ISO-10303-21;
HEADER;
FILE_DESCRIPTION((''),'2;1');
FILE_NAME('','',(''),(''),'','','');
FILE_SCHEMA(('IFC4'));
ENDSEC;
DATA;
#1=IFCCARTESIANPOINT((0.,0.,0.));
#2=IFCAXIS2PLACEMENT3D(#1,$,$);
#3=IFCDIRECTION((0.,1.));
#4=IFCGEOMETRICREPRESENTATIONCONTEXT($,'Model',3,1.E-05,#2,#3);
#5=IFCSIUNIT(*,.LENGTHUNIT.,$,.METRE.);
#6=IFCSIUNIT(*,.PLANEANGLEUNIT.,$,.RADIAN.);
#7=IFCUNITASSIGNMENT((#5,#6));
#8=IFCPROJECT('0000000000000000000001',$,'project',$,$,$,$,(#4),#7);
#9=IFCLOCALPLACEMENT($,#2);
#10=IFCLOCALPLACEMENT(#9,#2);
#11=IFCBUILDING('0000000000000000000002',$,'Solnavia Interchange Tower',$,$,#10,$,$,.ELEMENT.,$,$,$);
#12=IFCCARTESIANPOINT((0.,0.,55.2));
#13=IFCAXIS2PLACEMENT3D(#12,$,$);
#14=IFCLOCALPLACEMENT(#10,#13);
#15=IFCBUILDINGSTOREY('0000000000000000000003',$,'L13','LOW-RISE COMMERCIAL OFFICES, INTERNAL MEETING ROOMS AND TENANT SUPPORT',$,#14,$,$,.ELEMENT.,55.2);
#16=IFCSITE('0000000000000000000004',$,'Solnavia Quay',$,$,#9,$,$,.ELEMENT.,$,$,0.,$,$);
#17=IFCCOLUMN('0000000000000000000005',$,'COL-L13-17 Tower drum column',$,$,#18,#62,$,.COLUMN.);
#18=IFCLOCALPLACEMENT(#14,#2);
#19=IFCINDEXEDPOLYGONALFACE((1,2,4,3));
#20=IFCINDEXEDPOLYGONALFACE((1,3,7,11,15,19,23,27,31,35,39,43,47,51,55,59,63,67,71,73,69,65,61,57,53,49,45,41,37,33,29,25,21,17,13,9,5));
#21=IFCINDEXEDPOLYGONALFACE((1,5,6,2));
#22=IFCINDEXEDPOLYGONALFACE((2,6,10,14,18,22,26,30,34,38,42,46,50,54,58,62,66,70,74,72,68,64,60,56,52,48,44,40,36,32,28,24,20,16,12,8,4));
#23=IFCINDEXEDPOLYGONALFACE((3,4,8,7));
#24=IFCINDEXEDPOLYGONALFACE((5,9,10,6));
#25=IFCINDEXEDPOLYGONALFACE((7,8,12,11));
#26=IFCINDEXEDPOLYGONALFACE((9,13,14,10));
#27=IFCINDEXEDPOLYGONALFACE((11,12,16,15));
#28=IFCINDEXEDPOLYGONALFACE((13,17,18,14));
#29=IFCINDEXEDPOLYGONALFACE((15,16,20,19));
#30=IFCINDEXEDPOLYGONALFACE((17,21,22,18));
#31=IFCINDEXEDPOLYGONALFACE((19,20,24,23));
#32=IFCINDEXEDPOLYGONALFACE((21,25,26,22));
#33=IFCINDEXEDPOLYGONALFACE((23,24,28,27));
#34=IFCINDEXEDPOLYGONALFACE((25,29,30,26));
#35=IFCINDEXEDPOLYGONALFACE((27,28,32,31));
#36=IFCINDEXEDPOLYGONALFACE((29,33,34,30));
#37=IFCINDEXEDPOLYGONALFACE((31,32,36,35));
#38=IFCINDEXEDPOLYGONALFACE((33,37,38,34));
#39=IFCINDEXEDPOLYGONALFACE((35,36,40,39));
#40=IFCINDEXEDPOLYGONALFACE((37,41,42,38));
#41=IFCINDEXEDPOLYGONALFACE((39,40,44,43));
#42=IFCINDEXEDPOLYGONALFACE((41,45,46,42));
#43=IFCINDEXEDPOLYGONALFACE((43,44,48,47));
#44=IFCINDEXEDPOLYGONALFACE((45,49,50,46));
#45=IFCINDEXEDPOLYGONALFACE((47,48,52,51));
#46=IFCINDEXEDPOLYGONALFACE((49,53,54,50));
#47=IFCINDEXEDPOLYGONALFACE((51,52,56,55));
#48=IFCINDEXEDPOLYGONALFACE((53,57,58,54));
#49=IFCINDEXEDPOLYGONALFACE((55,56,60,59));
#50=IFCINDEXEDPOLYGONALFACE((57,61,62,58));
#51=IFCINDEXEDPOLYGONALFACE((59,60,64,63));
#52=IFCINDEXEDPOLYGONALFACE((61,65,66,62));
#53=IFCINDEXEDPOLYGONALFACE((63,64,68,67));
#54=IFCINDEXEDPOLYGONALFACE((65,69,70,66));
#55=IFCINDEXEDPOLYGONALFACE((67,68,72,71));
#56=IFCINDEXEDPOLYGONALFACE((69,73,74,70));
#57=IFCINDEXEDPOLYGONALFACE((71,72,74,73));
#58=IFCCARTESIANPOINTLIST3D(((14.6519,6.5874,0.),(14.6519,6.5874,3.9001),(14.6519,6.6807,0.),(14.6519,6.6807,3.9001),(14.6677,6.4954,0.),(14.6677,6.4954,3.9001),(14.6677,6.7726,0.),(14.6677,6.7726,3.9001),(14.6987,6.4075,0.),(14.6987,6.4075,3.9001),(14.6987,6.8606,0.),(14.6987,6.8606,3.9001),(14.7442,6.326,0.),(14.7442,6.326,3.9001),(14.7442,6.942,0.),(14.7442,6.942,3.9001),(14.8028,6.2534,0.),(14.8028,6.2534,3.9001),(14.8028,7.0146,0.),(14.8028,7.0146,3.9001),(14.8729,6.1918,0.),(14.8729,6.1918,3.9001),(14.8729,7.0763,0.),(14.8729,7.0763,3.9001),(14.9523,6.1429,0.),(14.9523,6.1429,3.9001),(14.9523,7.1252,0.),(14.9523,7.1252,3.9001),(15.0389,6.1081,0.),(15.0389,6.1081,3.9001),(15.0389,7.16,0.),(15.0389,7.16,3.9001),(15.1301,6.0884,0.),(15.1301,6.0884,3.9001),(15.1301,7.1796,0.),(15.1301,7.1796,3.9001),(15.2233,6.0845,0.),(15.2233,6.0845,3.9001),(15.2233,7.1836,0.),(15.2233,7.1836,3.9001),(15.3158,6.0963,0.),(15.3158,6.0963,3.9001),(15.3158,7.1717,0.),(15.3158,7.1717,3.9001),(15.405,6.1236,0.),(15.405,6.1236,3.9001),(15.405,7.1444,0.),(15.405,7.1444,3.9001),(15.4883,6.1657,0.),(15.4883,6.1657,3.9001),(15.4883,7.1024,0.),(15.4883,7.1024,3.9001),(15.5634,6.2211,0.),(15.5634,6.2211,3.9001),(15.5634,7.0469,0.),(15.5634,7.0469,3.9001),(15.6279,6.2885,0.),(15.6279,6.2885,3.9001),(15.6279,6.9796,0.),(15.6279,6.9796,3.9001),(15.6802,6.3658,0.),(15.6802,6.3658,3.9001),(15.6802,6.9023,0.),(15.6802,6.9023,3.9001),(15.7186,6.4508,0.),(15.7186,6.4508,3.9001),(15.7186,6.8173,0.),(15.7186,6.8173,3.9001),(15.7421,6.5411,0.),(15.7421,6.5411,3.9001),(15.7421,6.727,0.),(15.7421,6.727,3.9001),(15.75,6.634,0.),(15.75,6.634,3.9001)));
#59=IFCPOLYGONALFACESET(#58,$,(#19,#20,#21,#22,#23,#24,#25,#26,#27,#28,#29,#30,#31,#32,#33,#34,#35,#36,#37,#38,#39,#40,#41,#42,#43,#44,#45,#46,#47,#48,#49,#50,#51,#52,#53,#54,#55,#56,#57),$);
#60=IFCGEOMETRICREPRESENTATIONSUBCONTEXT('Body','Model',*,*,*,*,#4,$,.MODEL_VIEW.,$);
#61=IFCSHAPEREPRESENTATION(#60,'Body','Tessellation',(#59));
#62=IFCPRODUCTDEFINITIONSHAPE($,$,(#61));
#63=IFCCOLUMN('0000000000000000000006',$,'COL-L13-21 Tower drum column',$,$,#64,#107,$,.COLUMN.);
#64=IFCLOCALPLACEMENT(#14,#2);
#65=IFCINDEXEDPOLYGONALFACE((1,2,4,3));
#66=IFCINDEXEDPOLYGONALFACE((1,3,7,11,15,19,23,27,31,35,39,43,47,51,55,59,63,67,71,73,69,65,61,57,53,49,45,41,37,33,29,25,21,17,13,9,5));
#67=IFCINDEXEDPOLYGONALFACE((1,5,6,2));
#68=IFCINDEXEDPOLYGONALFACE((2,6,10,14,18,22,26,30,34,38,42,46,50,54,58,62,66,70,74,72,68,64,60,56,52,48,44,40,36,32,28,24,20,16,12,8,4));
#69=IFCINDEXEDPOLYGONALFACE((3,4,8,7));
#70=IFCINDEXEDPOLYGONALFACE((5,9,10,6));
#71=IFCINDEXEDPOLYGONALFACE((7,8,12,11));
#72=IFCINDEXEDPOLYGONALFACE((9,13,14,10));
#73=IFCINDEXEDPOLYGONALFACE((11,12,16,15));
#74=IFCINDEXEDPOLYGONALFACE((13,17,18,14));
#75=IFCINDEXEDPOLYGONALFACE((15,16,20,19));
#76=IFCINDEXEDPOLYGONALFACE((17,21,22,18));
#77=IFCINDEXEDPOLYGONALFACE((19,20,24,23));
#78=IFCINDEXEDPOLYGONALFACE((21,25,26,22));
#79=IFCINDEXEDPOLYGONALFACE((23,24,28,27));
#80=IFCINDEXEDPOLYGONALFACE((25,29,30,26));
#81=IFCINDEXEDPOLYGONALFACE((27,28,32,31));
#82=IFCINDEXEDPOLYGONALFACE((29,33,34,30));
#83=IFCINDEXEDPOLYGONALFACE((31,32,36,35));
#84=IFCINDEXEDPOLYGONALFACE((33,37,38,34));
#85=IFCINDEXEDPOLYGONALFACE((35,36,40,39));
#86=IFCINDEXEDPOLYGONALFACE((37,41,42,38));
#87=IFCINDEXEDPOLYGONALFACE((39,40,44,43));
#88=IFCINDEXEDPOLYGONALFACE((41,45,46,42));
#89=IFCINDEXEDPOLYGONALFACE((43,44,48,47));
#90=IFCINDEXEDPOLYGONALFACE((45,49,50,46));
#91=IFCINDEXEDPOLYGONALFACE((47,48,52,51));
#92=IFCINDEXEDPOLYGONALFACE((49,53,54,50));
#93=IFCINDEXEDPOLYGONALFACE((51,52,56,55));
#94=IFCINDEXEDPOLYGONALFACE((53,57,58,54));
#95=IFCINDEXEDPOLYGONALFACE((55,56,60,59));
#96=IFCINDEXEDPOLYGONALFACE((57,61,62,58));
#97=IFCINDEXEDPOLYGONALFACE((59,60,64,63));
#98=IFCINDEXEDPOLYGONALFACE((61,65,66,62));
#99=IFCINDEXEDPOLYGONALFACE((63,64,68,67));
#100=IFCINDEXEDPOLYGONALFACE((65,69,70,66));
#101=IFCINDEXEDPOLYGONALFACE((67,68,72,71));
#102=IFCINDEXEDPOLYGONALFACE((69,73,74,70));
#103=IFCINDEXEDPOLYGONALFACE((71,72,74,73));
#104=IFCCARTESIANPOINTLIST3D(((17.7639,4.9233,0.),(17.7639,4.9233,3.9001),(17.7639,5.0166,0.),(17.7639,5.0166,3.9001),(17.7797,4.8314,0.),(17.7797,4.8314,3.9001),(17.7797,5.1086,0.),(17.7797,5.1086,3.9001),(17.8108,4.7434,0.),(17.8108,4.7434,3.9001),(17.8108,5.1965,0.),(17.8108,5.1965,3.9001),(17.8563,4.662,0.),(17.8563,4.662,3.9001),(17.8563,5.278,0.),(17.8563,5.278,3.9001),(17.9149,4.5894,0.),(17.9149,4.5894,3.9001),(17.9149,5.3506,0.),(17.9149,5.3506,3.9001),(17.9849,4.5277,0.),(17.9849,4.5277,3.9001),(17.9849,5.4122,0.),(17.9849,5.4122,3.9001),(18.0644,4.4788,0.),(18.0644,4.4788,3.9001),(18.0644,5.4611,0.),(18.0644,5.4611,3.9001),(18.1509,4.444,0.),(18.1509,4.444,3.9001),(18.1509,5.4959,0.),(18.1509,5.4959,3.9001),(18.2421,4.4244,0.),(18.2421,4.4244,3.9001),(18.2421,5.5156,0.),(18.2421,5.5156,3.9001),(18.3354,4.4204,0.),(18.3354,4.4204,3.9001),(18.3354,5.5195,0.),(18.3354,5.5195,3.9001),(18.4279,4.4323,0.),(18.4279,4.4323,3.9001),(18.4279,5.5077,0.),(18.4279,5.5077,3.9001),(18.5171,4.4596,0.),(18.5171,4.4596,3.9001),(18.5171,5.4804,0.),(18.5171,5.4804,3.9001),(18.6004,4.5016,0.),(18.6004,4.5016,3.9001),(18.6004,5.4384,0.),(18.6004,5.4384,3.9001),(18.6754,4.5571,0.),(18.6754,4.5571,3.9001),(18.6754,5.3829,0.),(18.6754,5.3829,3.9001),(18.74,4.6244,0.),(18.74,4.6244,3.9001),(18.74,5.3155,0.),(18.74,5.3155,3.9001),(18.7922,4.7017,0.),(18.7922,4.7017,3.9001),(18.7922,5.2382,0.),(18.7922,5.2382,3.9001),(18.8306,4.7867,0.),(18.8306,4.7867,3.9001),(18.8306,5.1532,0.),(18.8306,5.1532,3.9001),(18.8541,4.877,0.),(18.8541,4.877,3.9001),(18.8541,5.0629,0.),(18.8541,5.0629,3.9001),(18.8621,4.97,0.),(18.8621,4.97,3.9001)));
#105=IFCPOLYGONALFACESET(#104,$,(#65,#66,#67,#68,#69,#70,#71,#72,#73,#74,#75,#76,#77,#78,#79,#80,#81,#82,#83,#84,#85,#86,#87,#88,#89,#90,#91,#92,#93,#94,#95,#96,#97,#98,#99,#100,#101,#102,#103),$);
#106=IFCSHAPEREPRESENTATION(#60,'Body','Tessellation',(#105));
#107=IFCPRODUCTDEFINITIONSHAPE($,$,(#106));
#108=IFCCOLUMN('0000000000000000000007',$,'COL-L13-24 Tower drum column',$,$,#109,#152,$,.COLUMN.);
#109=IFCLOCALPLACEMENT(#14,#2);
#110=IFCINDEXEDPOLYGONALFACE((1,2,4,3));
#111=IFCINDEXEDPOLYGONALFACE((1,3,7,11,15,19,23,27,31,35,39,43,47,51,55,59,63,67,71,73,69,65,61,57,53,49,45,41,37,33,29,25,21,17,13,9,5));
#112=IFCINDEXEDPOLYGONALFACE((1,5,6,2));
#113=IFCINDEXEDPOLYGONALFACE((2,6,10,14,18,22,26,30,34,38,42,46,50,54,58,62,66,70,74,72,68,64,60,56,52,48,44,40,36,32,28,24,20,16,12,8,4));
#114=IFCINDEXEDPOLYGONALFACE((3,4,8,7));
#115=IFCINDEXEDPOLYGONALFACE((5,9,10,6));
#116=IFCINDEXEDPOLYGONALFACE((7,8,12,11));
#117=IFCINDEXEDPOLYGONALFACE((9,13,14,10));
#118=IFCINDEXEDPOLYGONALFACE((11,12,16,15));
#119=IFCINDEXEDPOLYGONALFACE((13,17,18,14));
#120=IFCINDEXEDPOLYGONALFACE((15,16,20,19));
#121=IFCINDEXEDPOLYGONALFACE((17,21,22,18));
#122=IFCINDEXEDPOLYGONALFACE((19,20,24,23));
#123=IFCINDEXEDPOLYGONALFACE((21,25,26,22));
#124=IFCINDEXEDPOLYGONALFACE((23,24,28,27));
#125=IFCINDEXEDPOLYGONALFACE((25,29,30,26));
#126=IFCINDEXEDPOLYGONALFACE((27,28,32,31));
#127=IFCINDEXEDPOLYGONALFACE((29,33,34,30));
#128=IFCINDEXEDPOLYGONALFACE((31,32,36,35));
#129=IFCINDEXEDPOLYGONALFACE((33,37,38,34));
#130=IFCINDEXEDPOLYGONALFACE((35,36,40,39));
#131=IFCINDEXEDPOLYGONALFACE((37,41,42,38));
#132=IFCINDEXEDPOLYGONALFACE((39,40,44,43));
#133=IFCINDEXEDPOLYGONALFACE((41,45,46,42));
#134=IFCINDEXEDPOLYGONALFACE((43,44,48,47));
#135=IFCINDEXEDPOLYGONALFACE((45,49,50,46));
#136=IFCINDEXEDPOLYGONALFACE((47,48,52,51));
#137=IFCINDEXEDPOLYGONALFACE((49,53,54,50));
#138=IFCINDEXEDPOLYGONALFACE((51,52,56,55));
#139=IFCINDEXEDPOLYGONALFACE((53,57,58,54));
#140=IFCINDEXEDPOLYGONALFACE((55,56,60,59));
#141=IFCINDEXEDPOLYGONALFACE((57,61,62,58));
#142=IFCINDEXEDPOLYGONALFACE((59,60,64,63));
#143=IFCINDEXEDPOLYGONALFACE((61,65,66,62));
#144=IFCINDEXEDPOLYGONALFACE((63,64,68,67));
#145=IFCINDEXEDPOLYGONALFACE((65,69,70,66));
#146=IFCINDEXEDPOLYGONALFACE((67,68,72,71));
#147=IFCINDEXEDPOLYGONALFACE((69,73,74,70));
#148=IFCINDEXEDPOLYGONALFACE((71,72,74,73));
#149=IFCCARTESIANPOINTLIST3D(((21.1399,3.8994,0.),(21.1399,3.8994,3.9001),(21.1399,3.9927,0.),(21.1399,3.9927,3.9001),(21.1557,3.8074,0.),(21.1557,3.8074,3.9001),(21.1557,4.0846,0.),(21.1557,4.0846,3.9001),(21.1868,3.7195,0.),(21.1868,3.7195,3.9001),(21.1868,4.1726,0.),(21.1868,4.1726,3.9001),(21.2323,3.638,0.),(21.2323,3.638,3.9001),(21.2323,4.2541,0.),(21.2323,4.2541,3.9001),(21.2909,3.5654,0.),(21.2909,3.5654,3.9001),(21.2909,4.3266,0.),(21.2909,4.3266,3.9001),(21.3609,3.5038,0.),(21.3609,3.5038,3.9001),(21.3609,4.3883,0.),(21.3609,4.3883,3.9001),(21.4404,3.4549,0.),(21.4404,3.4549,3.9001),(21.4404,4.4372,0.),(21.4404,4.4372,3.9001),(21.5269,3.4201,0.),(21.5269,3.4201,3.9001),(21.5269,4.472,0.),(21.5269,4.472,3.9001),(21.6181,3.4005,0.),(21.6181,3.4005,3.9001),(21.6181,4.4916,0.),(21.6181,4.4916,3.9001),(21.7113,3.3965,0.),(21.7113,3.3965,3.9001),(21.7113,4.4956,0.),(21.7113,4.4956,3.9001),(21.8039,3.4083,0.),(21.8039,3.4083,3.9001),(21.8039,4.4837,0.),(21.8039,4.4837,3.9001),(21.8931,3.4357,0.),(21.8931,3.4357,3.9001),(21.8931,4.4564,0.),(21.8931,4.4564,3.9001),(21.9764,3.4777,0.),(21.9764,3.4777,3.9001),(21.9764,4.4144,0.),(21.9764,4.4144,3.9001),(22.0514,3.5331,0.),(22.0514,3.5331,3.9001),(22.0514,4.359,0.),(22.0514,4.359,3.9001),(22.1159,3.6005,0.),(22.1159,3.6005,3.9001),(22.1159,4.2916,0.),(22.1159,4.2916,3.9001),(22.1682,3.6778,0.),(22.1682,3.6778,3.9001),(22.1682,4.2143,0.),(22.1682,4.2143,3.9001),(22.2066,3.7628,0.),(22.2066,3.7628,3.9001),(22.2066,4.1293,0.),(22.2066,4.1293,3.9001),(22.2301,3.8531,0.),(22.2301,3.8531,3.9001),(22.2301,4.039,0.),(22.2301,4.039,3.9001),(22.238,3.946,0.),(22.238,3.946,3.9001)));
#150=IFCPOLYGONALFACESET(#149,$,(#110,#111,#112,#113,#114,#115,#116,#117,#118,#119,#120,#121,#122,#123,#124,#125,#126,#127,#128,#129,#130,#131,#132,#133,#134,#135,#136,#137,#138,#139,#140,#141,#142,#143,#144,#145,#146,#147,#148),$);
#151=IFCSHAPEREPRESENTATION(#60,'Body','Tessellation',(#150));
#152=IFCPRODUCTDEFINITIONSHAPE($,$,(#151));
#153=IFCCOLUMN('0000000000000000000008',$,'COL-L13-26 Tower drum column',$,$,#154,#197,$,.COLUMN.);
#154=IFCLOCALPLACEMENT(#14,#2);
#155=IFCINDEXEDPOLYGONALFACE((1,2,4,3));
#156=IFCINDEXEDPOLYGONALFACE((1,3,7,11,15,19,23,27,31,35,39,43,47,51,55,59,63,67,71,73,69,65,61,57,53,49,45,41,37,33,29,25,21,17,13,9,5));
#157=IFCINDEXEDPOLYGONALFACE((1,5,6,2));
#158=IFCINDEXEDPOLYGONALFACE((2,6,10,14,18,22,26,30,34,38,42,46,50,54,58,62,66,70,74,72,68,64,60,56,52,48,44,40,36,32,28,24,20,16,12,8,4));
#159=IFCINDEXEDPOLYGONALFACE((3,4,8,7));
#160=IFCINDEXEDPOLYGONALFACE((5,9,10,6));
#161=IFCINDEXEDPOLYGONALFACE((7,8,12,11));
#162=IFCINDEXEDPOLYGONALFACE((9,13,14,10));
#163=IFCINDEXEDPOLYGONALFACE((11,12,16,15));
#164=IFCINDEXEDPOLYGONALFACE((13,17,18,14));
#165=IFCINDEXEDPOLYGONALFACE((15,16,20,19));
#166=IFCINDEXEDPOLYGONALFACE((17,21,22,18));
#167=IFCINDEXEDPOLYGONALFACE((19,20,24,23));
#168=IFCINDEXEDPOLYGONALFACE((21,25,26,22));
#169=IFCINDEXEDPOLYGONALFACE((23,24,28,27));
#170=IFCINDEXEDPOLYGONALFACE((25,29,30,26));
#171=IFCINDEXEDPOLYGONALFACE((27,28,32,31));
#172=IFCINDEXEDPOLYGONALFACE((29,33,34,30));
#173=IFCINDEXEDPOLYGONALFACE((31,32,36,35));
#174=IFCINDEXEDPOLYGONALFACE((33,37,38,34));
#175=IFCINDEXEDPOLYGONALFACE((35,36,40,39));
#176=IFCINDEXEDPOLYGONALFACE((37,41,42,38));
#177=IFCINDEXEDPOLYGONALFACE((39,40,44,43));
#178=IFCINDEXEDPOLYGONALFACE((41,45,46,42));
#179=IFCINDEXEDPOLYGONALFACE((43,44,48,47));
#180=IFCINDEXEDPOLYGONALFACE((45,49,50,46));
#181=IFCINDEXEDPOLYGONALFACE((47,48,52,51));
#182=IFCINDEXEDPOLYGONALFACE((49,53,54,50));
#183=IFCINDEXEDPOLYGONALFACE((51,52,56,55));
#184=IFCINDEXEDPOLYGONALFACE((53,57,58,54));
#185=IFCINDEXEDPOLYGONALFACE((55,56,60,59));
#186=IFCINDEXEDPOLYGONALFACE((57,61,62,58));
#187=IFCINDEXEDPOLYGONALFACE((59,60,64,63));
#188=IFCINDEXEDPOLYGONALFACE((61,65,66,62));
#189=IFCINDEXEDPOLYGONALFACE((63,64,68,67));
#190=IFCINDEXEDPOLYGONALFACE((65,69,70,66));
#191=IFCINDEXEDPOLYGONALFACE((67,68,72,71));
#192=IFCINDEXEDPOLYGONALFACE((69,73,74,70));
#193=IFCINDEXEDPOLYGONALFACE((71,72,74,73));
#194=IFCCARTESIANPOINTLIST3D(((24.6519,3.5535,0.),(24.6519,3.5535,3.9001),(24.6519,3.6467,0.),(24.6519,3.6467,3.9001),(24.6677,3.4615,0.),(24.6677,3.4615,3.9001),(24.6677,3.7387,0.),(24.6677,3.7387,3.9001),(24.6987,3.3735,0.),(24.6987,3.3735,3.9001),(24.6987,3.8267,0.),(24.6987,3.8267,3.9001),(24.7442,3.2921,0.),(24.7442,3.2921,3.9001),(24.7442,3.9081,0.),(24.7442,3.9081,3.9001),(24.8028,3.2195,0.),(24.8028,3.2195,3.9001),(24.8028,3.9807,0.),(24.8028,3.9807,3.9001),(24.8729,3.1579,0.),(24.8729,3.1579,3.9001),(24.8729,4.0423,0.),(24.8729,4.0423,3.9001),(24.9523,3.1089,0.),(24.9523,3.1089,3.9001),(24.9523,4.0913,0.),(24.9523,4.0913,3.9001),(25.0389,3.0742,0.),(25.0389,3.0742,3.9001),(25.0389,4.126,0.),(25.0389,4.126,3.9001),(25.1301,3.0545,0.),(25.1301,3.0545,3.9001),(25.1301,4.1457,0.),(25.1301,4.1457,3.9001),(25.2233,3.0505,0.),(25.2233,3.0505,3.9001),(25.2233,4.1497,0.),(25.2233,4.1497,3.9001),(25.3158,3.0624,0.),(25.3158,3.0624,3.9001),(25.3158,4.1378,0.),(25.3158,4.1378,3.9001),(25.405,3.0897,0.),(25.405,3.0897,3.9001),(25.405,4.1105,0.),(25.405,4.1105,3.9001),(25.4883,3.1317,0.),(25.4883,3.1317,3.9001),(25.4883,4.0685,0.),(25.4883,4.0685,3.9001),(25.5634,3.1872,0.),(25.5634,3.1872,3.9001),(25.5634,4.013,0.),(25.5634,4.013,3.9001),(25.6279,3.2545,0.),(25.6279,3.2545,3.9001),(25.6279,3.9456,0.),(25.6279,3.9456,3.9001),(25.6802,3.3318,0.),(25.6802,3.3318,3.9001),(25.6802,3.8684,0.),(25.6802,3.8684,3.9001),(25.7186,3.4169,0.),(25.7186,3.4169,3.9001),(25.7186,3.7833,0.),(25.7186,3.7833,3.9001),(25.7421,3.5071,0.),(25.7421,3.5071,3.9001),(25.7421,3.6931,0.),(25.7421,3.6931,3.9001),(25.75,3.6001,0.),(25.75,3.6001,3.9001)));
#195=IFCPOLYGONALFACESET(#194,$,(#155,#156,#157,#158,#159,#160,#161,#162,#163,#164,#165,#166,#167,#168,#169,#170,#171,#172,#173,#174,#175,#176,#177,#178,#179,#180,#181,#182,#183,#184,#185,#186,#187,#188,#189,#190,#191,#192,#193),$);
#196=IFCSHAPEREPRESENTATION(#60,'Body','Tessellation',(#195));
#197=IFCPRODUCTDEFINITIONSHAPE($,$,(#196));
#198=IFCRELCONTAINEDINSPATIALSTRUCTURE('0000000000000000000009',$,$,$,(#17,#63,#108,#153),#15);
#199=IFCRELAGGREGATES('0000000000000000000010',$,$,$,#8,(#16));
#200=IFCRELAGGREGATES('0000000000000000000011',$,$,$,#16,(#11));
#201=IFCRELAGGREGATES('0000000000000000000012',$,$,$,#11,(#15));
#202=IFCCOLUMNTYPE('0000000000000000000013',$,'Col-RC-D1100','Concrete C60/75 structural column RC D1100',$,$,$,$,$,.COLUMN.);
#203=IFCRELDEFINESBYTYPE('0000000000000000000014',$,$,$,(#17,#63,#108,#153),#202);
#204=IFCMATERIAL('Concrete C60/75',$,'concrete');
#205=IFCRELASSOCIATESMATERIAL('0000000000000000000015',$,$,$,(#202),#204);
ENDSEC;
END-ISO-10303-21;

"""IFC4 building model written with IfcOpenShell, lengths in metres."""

from ifc_helpers import new_model, si_unit, direction, frame, origin, origin_2d, place, context, subcontext, project, spatial, circle, extrude, material, material_profile, profile_set, type_object, element, save


model = new_model("IFC4")

# Units and contexts
model_context = context("Model", 3, precision=1e-05, world=origin(), true_north=direction((0.0, 1.0)))
body_context = subcontext(model_context, "Body", "Model", "MODEL_VIEW")
ifc_project = project(units=[si_unit("LENGTHUNIT", "METRE"), si_unit("PLANEANGLEUNIT", "RADIAN")], contexts=[model_context])

# Site, building, storey
site_placement = place(None, origin())
site = spatial("IfcSite", under=ifc_project, at=site_placement, Name="Solnavia Quay", CompositionType="ELEMENT", RefElevation=0.0)
building_placement = place(site_placement, origin())
building = spatial("IfcBuilding", under=site, at=building_placement, Name="Solnavia Interchange Tower", CompositionType="ELEMENT")
storey_placement = place(building_placement, frame((0.0, 0.0, 55.2)))
storey = spatial("IfcBuildingStorey", under=building, at=storey_placement, Name="L13", Description="LOW-RISE COMMERCIAL OFFICES, INTERNAL MEETING ROOMS AND TENANT SUPPORT", CompositionType="ELEMENT", Elevation=55.2)

# Columns
ifc_material_1 = material(Name="Concrete C60/75", Category="concrete")
ifc_material_profile_1 = material_profile(ifc_material_1, circle(Radius=0.55, at=origin_2d()), Name="RC D1100")
ifc_profile_set_1 = profile_set([ifc_material_profile_1], Name="Concrete C60/75")
column_type_1 = type_object("IfcColumnType", Name="Col-RC-D1100", Description="Concrete C60/75 structural column RC D1100", PredefinedType="COLUMN", material=ifc_profile_set_1)
for number, where, z_axis, x_axis, name in (
    (1, (15.2, 6.634, 0.0), (0.0, 0.0, 1.0), (1.0, 0.0, 0.0), "COL-L13-17 Tower drum column"),
    (2, (18.312, 4.97, 0.0), (0.0, 0.0, 1.0), (1.0, 0.0, 0.0), "COL-L13-21 Tower drum column"),
    (3, (21.688, 3.946, 0.0), (0.0, 0.0, 1.0), (1.0, 0.0, 0.0), "COL-L13-24 Tower drum column"),
    (4, (25.2, 3.6001, 0.0), (0.0, 0.0, 1.0), (1.0, 0.0, 0.0), "COL-L13-26 Tower drum column"),
):
    element("IfcColumn", number, at=place(storey_placement, frame(where, z_axis=z_axis, x_axis=x_axis)), inside=storey, type_object=column_type_1, Name=name, PredefinedType="COLUMN", context=body_context, shape_type="SweptSolid", body=[
        extrude(circle(Radius=0.55, at=origin_2d()), origin(), (0.0, 0.0, 1.0), 3.9001),
    ])

save(model, "model.ifc")
